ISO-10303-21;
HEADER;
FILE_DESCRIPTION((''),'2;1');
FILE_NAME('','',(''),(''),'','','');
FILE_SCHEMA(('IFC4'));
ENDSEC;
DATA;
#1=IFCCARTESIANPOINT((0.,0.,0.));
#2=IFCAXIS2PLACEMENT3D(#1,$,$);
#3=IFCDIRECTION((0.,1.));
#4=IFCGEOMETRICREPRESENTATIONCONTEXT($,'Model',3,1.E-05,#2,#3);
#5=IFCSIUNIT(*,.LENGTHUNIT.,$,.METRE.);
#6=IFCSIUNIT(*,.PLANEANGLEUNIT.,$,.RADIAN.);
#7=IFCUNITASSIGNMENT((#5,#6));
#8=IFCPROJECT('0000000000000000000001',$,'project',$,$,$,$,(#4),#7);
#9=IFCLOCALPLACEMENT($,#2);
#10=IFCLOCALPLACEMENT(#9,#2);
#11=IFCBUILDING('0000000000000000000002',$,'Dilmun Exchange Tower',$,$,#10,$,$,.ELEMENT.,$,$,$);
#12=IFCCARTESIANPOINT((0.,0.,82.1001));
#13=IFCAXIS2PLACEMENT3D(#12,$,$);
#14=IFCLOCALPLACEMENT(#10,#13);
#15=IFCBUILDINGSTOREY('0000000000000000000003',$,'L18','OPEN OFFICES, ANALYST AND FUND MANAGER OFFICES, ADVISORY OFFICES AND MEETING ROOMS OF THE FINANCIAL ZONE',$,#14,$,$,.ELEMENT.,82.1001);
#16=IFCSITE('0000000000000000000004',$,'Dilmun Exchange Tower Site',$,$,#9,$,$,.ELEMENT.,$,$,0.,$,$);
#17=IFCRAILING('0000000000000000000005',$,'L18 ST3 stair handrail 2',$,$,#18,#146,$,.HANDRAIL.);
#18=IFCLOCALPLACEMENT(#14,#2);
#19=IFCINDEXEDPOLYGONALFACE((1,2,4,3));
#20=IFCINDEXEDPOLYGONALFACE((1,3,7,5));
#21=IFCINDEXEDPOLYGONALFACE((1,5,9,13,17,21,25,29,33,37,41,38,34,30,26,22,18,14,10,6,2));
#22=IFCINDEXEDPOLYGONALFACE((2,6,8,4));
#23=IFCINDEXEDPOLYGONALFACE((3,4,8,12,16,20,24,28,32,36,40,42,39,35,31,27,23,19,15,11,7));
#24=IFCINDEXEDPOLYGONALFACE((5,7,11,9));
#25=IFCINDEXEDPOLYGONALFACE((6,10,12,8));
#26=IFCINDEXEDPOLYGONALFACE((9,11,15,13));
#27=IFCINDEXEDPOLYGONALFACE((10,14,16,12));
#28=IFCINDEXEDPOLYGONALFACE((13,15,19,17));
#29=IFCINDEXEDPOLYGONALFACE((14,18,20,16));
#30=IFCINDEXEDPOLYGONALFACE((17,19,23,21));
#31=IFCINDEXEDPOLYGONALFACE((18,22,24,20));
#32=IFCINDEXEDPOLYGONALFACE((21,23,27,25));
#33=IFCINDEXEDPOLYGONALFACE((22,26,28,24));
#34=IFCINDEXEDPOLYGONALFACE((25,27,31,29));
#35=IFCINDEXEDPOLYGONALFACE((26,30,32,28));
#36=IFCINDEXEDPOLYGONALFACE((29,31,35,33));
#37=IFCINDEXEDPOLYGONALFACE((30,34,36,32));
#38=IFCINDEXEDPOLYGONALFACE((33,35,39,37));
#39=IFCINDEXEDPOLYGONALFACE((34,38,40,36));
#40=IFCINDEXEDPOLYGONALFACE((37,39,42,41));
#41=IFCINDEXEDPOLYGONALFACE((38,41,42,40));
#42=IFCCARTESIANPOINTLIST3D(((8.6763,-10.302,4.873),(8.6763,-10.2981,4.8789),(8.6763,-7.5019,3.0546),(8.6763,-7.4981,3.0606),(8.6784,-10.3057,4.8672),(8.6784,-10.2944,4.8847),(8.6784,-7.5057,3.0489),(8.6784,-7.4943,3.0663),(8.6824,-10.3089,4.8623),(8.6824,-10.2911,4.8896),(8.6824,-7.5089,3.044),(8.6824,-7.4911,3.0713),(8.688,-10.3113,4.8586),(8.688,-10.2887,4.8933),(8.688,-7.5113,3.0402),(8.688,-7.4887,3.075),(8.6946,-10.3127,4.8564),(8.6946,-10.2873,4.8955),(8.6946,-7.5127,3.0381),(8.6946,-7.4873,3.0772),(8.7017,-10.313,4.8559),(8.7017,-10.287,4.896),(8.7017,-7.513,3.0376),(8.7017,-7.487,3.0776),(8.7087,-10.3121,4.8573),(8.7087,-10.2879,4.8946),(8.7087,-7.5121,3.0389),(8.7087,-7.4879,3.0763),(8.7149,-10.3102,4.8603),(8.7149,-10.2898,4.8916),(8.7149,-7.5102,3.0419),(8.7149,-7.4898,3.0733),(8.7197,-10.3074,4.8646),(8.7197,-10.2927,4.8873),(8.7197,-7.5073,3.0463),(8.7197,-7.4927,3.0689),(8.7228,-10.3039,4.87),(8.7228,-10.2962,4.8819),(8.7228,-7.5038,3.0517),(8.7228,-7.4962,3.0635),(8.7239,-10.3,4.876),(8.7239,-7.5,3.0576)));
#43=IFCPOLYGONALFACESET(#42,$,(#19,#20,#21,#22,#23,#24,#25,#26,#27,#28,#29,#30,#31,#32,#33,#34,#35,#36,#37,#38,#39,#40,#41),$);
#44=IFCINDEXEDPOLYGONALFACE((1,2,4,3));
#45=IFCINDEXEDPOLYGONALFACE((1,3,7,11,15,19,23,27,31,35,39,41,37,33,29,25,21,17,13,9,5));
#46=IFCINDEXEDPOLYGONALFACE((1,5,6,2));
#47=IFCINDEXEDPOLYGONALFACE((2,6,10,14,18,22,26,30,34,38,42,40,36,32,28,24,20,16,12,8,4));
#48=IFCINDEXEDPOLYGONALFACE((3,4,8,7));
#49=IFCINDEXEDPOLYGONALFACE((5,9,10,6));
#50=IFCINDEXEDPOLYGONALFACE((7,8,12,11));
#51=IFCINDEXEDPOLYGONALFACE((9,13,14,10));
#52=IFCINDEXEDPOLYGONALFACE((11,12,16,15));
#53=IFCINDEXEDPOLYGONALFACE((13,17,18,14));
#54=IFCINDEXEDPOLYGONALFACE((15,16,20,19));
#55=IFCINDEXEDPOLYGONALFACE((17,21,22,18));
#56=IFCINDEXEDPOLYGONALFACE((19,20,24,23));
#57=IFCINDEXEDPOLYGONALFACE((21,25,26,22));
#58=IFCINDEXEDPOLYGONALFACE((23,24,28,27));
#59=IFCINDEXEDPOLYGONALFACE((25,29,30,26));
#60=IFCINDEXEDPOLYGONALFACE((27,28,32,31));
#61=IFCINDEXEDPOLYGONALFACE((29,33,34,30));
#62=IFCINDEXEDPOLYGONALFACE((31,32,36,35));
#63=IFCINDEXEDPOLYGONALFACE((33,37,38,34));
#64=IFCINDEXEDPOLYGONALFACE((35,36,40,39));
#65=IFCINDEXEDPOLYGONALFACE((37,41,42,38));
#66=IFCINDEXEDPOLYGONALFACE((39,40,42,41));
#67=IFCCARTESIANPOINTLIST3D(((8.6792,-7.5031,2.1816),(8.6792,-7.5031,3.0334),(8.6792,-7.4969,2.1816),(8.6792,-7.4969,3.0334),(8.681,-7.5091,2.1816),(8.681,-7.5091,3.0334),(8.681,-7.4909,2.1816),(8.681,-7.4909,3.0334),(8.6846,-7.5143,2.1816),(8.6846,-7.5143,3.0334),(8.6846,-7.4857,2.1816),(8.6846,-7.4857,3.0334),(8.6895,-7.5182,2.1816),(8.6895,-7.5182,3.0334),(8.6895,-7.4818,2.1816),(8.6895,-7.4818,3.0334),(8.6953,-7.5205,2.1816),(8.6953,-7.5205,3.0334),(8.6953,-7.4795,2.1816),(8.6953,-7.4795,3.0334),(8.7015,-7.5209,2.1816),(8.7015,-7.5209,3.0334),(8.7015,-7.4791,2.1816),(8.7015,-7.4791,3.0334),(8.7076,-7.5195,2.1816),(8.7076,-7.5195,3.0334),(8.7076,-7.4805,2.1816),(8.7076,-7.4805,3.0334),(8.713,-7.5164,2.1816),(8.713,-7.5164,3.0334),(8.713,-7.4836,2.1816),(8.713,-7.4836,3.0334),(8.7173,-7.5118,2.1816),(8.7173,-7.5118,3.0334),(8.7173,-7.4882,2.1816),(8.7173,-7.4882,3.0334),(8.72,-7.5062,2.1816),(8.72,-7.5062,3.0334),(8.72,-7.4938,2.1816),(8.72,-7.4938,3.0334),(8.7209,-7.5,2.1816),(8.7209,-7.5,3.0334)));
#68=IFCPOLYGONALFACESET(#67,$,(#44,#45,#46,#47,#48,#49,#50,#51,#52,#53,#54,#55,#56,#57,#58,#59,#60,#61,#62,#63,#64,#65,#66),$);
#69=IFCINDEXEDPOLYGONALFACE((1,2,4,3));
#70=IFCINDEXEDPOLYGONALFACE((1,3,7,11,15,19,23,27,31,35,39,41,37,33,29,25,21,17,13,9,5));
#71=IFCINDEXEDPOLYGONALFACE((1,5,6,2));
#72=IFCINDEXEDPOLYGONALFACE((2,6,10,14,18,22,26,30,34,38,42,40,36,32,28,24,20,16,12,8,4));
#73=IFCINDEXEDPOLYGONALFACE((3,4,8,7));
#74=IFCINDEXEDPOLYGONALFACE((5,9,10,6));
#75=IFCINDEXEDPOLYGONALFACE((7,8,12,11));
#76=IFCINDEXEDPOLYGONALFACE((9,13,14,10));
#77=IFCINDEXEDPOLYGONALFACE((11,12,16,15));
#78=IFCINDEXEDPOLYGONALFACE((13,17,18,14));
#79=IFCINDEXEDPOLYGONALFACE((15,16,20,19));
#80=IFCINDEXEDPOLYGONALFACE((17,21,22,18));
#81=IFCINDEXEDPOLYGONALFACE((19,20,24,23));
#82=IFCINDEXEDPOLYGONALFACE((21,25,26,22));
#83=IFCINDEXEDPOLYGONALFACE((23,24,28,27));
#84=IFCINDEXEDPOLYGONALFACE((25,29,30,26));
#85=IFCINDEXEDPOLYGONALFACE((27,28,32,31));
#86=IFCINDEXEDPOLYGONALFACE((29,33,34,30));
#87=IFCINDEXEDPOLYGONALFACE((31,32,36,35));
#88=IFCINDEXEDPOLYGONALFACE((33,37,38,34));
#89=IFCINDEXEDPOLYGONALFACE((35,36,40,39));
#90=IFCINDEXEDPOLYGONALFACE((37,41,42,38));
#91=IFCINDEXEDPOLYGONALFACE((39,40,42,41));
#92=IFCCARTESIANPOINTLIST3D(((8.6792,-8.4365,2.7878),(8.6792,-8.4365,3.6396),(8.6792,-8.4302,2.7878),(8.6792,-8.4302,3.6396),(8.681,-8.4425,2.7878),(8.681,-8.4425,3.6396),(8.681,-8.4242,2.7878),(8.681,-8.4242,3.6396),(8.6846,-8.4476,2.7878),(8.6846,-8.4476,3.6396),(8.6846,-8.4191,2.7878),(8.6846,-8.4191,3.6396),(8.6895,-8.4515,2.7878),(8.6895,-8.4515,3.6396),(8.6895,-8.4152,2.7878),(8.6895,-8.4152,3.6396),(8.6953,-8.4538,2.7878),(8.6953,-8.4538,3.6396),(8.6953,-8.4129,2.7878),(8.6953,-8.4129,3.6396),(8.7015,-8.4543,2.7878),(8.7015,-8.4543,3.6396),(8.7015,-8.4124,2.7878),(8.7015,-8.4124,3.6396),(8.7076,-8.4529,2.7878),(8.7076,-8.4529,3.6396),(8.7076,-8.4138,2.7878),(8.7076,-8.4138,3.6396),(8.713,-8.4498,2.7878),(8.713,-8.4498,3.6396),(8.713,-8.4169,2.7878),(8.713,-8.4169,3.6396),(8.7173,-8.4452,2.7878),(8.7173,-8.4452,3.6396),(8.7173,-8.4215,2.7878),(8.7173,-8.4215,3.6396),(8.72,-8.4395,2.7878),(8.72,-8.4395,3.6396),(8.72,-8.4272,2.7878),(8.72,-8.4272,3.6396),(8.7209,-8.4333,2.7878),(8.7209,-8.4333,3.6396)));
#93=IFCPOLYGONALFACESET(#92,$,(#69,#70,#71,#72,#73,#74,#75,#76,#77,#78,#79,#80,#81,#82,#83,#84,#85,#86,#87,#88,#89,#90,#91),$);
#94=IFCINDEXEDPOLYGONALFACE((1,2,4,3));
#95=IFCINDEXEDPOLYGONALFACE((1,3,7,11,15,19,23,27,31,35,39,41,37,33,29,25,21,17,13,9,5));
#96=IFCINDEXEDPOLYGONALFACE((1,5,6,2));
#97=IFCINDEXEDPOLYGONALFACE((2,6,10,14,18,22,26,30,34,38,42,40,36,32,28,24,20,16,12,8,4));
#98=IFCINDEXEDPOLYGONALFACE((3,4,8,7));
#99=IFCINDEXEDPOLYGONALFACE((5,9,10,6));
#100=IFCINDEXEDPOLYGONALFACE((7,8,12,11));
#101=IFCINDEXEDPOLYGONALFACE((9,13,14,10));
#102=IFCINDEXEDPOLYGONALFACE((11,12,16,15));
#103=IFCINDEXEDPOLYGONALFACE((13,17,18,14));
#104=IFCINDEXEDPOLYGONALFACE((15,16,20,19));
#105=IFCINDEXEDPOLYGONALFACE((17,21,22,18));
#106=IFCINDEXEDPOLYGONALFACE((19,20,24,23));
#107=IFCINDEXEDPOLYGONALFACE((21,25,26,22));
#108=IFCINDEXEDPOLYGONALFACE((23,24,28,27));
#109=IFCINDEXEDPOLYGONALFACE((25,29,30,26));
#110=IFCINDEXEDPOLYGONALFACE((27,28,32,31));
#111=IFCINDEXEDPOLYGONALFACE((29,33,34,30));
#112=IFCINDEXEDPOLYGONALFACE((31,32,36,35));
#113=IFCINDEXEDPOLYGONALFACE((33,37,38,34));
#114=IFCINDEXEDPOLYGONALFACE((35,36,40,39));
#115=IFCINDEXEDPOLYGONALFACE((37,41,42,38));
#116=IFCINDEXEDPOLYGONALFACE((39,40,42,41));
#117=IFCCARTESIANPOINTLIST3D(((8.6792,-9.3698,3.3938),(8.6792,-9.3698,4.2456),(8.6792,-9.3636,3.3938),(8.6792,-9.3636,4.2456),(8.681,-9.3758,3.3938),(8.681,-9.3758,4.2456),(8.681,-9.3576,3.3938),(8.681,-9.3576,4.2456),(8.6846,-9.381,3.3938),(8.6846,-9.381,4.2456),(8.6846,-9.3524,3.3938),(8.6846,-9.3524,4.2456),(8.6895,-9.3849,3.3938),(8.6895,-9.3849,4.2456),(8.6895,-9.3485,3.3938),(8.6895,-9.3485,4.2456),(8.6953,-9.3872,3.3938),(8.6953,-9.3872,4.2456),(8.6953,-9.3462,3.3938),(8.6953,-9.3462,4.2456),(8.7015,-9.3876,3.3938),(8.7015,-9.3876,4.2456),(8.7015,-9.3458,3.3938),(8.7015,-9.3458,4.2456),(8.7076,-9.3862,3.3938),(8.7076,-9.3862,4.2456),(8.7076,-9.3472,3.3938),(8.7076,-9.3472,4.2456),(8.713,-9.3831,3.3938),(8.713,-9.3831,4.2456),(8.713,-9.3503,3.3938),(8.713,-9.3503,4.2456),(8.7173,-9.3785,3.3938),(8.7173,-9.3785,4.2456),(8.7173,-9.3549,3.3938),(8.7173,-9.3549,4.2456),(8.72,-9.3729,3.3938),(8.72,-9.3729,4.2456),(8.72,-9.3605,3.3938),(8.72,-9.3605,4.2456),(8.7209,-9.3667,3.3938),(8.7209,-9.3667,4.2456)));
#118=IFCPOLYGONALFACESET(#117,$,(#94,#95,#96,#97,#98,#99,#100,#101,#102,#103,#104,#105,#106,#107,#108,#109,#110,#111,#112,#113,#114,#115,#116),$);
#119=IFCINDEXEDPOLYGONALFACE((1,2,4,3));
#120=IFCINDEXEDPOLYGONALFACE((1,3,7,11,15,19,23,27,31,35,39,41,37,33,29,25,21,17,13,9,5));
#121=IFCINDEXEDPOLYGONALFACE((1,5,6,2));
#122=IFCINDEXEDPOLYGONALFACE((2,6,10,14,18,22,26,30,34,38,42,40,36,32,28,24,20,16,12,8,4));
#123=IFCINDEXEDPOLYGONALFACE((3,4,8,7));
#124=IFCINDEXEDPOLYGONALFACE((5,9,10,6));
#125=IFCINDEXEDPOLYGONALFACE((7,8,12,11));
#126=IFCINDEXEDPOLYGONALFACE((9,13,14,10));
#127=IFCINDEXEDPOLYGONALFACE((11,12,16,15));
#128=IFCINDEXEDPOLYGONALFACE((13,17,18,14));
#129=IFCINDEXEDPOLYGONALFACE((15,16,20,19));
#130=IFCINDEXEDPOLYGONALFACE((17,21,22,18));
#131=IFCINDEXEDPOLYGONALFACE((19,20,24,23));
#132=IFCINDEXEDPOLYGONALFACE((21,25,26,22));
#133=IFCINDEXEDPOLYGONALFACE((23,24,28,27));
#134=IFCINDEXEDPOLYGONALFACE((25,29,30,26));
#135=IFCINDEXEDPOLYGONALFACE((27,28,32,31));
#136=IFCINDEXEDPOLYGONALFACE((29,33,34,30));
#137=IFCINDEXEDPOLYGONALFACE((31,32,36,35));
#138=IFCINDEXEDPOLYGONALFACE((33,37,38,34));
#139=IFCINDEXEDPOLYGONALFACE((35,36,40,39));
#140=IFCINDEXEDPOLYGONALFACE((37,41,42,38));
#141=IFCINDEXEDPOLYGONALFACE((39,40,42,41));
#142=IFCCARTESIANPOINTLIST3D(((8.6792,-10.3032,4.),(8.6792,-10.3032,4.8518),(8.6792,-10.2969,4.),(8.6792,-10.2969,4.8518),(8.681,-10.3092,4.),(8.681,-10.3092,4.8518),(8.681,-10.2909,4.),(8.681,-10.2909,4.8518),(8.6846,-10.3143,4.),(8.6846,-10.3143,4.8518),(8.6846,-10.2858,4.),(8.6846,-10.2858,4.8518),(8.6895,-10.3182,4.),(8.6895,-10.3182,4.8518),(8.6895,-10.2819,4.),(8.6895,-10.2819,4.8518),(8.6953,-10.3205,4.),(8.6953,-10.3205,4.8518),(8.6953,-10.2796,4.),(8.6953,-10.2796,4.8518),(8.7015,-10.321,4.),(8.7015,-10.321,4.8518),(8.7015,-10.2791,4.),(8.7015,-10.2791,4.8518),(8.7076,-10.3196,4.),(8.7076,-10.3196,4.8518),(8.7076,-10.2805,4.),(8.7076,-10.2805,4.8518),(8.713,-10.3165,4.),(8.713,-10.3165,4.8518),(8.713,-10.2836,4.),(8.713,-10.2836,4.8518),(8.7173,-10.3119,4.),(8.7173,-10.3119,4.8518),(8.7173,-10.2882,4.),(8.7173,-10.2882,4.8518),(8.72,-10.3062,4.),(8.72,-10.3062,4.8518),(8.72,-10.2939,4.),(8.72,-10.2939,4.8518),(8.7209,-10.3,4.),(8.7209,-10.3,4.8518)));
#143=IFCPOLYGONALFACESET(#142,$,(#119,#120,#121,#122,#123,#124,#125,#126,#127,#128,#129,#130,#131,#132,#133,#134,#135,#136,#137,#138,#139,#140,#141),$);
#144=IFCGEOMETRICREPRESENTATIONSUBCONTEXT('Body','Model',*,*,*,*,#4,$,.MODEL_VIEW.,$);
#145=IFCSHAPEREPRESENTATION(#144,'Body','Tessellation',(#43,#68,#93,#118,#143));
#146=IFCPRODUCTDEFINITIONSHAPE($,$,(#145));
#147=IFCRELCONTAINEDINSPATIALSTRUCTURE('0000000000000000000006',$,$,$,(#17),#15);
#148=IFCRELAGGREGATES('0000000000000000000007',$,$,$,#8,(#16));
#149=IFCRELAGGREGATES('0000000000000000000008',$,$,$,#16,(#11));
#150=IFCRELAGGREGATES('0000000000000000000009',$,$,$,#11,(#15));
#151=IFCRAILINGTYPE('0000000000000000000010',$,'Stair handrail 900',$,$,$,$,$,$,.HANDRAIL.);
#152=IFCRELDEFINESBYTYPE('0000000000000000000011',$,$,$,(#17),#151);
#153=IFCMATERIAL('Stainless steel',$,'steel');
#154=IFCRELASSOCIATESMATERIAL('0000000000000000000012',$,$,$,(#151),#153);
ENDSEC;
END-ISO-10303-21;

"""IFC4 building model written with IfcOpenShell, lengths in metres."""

from ifc_helpers import new_model, si_unit, direction, frame, origin, origin_2d, place, context, subcontext, project, spatial, circle, extrude, material, type_object, element, save


model = new_model("IFC4")

# Units and contexts
model_context = context("Model", 3, precision=1e-05, world=origin(), true_north=direction((0.0, 1.0)))
body_context = subcontext(model_context, "Body", "Model", "MODEL_VIEW")
ifc_project = project(units=[si_unit("LENGTHUNIT", "METRE"), si_unit("PLANEANGLEUNIT", "RADIAN")], contexts=[model_context])

# Site, building, storey
site_placement = place(None, origin())
site = spatial("IfcSite", under=ifc_project, at=site_placement, Name="Dilmun Exchange Tower Site", CompositionType="ELEMENT", RefElevation=0.0)
building_placement = place(site_placement, origin())
building = spatial("IfcBuilding", under=site, at=building_placement, Name="Dilmun Exchange Tower", CompositionType="ELEMENT")
storey_placement = place(building_placement, frame((0.0, 0.0, 82.1001)))
storey = spatial("IfcBuildingStorey", under=building, at=storey_placement, Name="L18", Description="OPEN OFFICES, ANALYST AND FUND MANAGER OFFICES, ADVISORY OFFICES AND MEETING ROOMS OF THE FINANCIAL ZONE", CompositionType="ELEMENT", Elevation=82.1001)

# Railing
ifc_material_1 = material(Name="Stainless steel", Category="steel")
railing_type = type_object("IfcRailingType", Name="Stair handrail 900", PredefinedType="HANDRAIL", material=ifc_material_1)
railing_placement = place(storey_placement, frame((8.7, -7.5, 2.1816)))
element("IfcRailing", 1, at=railing_placement, inside=storey, type_object=railing_type, Name="L18 ST3 stair handrail 2", PredefinedType="HANDRAIL", context=body_context, shape_type="SweptSolid", body=[
    extrude(circle(Radius=0.0239, at=origin_2d()), frame((0.0, 0.0, 0.876), z_axis=(0.0, -0.838672, 0.544636), x_axis=(1.0, 0.0, 0.0)), (0.0, 0.0, 1.0), 3.3386),
    extrude(circle(Radius=0.021, at=origin_2d()), origin(), (0.0, 0.0, 1.0), 0.8518),
    extrude(circle(Radius=0.021, at=origin_2d()), frame((0.0, -0.9333, 0.6062)), (0.0, 0.0, 1.0), 0.8518),
    extrude(circle(Radius=0.021, at=origin_2d()), frame((0.0, -1.8667, 1.2122)), (0.0, 0.0, 1.0), 0.8518),
    extrude(circle(Radius=0.021, at=origin_2d()), frame((0.0, -2.8, 1.8184)), (0.0, 0.0, 1.0), 0.8518),
])

save(model, "model.ifc")
